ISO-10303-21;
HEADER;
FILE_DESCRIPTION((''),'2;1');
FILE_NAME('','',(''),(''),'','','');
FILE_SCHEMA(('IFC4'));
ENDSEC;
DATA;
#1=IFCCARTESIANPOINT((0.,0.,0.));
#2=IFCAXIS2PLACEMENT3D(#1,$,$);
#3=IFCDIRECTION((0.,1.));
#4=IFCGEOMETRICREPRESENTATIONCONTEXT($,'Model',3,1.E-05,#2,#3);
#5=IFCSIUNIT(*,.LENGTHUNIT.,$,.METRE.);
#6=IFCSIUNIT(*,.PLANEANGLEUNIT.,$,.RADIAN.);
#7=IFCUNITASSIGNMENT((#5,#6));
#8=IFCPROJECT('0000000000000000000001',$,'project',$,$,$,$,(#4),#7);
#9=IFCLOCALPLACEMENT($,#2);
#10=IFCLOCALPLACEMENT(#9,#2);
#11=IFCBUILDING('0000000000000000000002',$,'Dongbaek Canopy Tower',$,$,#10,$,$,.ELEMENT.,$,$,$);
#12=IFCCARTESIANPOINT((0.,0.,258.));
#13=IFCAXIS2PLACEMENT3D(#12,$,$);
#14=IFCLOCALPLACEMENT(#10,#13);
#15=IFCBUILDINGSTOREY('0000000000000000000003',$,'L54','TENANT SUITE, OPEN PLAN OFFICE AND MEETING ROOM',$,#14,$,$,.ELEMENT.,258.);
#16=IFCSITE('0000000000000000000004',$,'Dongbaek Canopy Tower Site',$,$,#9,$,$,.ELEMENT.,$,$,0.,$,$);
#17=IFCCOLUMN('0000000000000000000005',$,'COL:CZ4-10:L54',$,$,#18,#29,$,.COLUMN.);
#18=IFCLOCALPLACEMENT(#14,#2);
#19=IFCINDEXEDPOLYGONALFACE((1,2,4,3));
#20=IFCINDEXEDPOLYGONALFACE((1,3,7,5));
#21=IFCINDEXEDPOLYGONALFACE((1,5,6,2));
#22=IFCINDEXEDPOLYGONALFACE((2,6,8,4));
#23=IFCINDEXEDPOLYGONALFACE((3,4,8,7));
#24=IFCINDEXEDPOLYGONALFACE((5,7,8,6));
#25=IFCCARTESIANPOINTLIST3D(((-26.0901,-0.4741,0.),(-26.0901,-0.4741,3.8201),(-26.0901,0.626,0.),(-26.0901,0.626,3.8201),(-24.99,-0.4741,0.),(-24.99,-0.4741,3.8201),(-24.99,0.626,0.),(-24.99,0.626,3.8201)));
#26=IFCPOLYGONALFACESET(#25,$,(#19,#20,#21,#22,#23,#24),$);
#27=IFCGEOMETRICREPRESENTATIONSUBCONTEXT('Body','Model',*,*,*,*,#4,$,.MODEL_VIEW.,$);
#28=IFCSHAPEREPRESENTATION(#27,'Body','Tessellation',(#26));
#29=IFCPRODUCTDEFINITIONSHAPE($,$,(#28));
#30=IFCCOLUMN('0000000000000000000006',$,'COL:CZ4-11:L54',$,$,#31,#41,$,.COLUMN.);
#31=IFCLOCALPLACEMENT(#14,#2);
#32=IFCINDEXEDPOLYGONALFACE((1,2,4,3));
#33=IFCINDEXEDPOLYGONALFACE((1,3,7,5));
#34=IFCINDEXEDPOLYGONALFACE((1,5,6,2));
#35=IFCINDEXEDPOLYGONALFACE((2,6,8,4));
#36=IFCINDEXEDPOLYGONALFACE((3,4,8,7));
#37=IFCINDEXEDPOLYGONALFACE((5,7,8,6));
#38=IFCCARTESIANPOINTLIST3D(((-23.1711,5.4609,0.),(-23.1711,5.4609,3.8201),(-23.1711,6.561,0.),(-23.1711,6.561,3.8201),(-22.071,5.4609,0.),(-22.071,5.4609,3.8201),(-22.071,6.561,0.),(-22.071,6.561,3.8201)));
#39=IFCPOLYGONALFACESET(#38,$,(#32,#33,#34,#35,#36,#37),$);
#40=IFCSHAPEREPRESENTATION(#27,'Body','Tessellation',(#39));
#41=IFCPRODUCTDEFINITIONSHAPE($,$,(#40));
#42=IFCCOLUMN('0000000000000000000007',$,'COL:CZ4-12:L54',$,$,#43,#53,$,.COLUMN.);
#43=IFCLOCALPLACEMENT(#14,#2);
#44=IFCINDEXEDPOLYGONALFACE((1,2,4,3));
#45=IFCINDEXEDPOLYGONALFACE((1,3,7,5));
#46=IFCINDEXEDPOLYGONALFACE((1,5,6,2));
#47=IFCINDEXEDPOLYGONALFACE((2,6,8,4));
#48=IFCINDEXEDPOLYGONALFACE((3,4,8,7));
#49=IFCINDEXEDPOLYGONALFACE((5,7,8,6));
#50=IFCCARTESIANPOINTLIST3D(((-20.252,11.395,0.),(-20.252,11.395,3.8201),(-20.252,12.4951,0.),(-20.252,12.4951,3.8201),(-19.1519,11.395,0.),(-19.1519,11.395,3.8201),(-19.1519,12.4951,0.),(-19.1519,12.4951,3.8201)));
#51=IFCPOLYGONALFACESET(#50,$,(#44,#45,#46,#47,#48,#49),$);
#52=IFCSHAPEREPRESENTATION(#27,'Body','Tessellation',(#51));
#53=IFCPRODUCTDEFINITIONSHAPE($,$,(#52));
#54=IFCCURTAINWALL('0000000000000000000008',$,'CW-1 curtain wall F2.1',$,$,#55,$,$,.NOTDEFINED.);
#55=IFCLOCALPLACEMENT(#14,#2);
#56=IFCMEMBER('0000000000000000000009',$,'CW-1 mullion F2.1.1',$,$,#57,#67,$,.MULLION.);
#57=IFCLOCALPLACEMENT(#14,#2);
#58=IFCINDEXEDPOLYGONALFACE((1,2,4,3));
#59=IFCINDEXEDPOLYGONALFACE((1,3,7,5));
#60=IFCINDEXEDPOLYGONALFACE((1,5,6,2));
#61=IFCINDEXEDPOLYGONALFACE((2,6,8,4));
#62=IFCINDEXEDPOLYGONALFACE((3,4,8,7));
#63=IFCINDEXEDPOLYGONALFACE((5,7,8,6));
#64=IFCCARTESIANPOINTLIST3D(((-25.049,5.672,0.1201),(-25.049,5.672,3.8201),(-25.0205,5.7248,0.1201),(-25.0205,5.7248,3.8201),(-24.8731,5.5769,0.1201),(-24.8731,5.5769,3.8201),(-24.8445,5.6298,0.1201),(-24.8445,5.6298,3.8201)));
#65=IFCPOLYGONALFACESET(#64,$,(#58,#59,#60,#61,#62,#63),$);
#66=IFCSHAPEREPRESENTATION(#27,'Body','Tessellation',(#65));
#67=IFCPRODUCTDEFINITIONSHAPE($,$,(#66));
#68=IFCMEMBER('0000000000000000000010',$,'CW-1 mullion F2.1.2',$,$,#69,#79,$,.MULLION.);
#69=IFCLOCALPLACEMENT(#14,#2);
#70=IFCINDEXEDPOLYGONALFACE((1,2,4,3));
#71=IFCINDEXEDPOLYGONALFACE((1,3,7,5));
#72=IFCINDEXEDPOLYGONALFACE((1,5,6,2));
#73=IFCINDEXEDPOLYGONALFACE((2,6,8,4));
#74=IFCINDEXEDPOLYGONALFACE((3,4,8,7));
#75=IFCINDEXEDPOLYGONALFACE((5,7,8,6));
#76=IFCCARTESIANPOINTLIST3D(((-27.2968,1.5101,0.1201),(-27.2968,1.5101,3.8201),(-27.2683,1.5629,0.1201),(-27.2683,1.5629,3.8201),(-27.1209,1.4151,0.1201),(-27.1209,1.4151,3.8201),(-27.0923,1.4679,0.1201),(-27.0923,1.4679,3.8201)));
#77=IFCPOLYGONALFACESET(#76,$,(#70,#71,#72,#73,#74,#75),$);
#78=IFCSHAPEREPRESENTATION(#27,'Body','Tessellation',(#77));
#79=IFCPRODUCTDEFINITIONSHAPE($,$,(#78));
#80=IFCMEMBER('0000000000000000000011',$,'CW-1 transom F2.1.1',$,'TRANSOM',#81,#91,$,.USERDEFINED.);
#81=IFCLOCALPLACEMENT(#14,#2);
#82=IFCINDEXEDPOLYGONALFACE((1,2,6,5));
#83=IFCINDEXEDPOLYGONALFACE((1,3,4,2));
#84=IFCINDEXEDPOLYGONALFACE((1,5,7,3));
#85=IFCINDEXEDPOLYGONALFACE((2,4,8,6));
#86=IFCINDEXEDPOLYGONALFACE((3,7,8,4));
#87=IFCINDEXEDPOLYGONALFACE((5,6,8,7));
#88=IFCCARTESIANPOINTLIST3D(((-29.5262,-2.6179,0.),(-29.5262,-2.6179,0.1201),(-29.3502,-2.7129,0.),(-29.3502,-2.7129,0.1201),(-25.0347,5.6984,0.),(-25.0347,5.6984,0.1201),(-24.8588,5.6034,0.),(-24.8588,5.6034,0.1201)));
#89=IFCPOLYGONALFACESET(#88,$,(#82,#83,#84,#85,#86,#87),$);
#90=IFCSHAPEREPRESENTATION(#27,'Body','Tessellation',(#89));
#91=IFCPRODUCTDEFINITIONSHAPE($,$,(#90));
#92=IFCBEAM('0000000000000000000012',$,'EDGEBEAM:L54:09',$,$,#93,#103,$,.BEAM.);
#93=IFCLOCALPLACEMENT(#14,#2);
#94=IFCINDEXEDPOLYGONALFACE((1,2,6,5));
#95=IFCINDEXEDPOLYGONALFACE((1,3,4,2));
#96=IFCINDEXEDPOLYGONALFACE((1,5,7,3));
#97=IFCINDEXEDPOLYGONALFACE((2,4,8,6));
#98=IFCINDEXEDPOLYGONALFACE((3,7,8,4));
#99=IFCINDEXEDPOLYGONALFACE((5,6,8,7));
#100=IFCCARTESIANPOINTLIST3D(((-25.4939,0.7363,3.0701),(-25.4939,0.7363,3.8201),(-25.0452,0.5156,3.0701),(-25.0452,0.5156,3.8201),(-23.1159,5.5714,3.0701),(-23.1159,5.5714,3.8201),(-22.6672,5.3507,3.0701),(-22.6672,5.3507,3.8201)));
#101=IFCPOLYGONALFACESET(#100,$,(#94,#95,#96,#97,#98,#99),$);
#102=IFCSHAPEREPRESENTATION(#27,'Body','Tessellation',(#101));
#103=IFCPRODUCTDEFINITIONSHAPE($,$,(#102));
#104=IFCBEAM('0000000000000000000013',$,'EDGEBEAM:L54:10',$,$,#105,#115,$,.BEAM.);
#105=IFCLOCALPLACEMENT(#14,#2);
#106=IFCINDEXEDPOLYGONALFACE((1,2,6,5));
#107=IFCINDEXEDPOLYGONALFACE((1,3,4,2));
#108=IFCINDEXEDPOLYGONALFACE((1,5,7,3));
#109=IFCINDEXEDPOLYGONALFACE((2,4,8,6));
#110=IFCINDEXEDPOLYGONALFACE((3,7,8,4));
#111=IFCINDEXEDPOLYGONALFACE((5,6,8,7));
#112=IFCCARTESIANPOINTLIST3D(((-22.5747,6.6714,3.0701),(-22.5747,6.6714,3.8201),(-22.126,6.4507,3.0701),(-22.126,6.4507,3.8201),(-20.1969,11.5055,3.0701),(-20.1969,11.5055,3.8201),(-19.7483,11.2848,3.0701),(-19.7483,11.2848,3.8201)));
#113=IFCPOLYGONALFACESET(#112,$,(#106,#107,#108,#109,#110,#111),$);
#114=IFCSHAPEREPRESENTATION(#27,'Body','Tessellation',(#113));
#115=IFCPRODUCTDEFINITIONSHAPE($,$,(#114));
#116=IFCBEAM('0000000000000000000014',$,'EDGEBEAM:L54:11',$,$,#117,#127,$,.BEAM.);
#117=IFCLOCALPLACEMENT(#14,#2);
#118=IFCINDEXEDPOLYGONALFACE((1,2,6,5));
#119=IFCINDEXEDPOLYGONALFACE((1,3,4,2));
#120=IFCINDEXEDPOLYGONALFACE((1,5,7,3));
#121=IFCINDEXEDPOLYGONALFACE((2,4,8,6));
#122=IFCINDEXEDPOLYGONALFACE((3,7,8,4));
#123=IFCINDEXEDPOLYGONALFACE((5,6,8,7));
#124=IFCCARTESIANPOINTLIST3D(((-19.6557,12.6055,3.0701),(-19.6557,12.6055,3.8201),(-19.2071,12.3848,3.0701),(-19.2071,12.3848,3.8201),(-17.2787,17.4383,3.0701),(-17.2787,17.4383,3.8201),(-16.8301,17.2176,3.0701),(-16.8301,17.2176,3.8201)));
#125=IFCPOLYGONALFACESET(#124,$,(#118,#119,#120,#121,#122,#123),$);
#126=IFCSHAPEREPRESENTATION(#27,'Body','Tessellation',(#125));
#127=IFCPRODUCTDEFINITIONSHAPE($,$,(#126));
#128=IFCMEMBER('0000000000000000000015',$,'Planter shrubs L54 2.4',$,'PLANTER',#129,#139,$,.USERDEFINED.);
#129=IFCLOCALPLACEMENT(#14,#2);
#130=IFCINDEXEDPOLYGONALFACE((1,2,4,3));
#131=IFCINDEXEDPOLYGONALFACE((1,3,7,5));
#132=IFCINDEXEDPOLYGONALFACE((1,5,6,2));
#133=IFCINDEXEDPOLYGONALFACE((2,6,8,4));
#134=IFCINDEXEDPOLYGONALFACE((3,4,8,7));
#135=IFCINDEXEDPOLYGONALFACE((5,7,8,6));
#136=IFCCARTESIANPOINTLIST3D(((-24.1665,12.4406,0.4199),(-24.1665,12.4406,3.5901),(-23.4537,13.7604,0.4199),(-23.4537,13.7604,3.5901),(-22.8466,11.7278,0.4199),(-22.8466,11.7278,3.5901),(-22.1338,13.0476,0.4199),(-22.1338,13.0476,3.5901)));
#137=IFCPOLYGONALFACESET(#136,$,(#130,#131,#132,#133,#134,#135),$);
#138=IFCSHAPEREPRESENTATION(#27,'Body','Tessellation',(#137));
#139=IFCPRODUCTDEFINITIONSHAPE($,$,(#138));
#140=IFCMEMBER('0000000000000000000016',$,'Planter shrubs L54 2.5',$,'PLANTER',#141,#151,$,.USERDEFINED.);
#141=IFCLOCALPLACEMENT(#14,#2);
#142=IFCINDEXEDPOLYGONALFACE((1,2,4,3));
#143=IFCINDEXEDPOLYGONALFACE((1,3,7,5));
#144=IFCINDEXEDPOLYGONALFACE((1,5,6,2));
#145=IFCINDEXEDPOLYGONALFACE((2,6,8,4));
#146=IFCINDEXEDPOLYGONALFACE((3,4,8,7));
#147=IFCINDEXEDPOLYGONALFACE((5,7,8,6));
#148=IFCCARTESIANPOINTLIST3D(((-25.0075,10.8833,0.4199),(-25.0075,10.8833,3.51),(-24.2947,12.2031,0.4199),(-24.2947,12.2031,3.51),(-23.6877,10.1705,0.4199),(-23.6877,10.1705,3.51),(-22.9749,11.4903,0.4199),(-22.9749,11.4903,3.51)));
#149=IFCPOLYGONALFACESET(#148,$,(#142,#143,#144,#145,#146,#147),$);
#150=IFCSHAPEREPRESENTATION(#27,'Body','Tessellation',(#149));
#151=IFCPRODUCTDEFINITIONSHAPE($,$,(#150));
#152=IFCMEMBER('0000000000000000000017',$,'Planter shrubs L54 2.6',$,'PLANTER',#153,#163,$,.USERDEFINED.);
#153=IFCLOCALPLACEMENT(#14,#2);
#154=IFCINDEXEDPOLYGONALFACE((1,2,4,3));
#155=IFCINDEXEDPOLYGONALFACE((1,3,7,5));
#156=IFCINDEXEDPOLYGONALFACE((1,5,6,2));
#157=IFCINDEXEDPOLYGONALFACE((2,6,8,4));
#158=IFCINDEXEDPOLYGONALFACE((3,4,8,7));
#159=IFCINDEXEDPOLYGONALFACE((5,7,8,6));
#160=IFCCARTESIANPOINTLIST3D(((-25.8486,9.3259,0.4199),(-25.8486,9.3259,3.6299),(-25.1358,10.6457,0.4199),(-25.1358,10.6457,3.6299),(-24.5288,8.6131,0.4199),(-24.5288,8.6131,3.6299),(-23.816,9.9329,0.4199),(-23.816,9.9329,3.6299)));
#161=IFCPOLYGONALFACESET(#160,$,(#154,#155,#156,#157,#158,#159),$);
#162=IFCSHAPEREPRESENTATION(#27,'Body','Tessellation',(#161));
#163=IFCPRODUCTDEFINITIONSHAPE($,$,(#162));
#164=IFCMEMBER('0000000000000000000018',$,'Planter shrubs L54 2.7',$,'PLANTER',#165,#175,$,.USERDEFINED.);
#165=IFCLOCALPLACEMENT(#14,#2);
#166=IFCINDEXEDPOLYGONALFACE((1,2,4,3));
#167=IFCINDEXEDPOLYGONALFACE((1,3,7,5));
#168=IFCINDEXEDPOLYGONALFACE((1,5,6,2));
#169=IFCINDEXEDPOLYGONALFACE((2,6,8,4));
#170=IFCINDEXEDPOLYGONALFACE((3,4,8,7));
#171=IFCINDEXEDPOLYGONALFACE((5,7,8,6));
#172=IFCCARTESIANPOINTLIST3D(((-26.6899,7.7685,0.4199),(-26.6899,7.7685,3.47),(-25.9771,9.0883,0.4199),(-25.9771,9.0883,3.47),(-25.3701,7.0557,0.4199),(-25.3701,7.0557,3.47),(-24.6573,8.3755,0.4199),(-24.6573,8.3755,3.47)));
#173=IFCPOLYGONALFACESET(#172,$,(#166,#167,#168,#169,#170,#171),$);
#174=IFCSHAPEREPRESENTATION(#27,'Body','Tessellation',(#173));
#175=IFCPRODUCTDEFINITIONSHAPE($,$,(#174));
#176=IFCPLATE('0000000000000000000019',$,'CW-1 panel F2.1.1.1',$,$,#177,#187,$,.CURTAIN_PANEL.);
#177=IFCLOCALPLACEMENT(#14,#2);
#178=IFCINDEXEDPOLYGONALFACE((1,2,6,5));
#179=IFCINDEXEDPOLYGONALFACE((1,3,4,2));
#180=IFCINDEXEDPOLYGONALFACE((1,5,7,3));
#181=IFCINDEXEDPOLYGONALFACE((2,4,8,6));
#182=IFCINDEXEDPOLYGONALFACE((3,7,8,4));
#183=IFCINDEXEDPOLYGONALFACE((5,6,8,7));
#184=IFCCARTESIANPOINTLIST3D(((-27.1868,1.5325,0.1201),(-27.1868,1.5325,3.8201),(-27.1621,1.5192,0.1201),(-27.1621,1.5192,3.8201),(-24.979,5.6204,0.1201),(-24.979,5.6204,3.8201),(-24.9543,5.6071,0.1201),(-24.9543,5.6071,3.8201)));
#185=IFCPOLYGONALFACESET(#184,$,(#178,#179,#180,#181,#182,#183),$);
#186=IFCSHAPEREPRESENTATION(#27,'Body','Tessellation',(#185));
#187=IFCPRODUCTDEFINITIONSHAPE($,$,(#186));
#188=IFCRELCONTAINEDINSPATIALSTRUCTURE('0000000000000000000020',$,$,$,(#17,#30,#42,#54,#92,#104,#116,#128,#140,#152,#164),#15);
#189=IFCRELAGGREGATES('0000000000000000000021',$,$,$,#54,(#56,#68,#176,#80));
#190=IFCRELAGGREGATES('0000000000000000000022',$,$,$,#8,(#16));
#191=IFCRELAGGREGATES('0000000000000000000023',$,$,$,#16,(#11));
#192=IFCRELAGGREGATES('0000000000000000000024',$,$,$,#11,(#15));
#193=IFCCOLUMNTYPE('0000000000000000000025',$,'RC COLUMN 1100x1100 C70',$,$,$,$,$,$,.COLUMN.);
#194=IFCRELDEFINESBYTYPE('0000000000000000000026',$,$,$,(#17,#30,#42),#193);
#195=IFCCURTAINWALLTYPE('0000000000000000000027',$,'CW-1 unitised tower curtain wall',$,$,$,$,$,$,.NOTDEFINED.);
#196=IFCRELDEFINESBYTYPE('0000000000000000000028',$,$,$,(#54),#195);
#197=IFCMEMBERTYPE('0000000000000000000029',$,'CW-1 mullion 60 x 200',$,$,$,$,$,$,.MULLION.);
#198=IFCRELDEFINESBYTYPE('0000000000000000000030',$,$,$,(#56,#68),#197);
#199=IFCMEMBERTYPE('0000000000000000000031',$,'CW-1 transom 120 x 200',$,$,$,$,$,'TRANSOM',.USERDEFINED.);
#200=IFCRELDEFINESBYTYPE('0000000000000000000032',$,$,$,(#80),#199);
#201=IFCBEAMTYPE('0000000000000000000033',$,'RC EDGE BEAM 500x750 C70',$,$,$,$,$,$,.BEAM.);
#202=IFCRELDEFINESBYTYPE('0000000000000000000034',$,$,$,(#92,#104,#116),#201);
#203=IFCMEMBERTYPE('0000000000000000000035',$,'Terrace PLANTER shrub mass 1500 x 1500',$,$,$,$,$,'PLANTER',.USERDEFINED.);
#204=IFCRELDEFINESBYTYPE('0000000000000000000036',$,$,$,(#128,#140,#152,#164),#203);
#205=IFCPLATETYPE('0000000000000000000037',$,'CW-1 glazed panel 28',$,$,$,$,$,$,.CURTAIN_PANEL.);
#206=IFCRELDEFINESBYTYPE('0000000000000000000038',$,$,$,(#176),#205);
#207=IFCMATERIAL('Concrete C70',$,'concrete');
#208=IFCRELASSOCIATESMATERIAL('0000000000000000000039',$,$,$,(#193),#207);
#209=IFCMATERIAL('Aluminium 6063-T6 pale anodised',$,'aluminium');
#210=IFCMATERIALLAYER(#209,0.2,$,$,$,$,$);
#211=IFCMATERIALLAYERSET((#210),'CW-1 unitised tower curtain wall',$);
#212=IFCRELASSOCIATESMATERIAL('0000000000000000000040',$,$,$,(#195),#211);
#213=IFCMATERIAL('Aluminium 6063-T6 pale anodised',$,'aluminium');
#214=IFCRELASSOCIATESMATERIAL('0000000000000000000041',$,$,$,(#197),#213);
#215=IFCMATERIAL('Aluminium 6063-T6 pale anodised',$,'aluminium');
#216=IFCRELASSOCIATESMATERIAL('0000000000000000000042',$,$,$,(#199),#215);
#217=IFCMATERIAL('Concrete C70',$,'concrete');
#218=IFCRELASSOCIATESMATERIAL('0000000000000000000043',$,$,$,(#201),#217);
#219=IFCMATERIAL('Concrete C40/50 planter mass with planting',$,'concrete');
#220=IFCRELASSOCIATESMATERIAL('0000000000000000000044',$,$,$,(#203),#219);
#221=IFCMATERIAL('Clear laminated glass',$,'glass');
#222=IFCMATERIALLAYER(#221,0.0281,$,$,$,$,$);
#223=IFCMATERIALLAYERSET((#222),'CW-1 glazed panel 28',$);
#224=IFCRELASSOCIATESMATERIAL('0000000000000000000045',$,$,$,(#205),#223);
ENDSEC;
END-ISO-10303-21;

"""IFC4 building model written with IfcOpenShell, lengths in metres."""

from ifc_helpers import new_model, si_unit, direction, frame, origin, origin_2d, place, context, subcontext, project, spatial, rectangle, extrude, material, layer, layer_set, material_profile, profile_set, type_object, element, aggregate, save


model = new_model("IFC4")

# Units and contexts
model_context = context("Model", 3, precision=1e-05, world=origin(), true_north=direction((0.0, 1.0)))
body_context = subcontext(model_context, "Body", "Model", "MODEL_VIEW")
ifc_project = project(units=[si_unit("LENGTHUNIT", "METRE"), si_unit("PLANEANGLEUNIT", "RADIAN")], contexts=[model_context])

# Site, building, storey
site_placement = place(None, origin())
site = spatial("IfcSite", under=ifc_project, at=site_placement, Name="Dongbaek Canopy Tower Site", CompositionType="ELEMENT", RefElevation=0.0)
building_placement = place(site_placement, origin())
building = spatial("IfcBuilding", under=site, at=building_placement, Name="Dongbaek Canopy Tower", CompositionType="ELEMENT")
storey_placement = place(building_placement, frame((0.0, 0.0, 258.0)))
storey = spatial("IfcBuildingStorey", under=building, at=storey_placement, Name="L54", Description="TENANT SUITE, OPEN PLAN OFFICE AND MEETING ROOM", CompositionType="ELEMENT", Elevation=258.0)

# Columns
ifc_material_1 = material(Name="Concrete C70", Category="concrete")
ifc_material_profile_1 = material_profile(ifc_material_1, rectangle(XDim=1.1001, YDim=1.1001, at=origin_2d()), Name="RC COLUMN 1100x1100 C70")
ifc_profile_set_1 = profile_set([ifc_material_profile_1], Name="Concrete C70")
column_type = type_object("IfcColumnType", Name="RC COLUMN 1100x1100 C70", PredefinedType="COLUMN", material=ifc_profile_set_1)
for number, where, z_axis, x_axis, name in (
    (1, (-25.54, 0.0759, 0.0), (0.0, 0.0, 1.0), (1.0, 0.0, 0.0), "COL:CZ4-10:L54"),
    (2, (-22.6211, 6.011, 0.0), (0.0, 0.0, 1.0), (1.0, 0.0, 0.0), "COL:CZ4-11:L54"),
    (3, (-19.7019, 11.9451, 0.0), (0.0, 0.0, 1.0), (1.0, 0.0, 0.0), "COL:CZ4-12:L54"),
):
    element("IfcColumn", number, at=place(storey_placement, frame(where, z_axis=z_axis, x_axis=x_axis)), inside=storey, type_object=column_type, Name=name, PredefinedType="COLUMN", context=body_context, shape_type="SweptSolid", body=[
        extrude(rectangle(XDim=1.1001, YDim=1.1001, at=origin_2d()), origin(), (0.0, 0.0, 1.0), 3.8201),
    ])

# Curtain wall, members
ifc_material_2 = material(Name="Aluminium 6063-T6 pale anodised", Category="aluminium")
ifc_layer_1 = layer(ifc_material_2, 0.2)
ifc_layer_set_1 = layer_set([ifc_layer_1], Name="CW-1 unitised tower curtain wall")
curtain_wall_type = type_object("IfcCurtainWallType", Name="CW-1 unitised tower curtain wall", PredefinedType="NOTDEFINED", material=ifc_layer_set_1)
curtain_wall_placement = place(storey_placement, origin())
curtain_wall = element("IfcCurtainWall", 4, at=curtain_wall_placement, inside=storey, type_object=curtain_wall_type, Name="CW-1 curtain wall F2.1", PredefinedType="NOTDEFINED")
ifc_material_3 = material(Name="Aluminium 6063-T6 pale anodised", Category="aluminium")
ifc_material_profile_2 = material_profile(ifc_material_3, rectangle(XDim=0.2, YDim=0.0601, at=origin_2d()), Name="CW-1 mullion 60 x 200")
ifc_profile_set_2 = profile_set([ifc_material_profile_2], Name="Aluminium 6063-T6 pale anodised")
member_type_1 = type_object("IfcMemberType", Name="CW-1 mullion 60 x 200", PredefinedType="MULLION", material=ifc_profile_set_2)
member_1_placement = place(storey_placement, frame((-24.9468, 5.6509, 0.1201), z_axis=(0.0, 0.0, 1.0), x_axis=(-0.879877, 0.475202, 0.0)))
member_1 = element("IfcMember", 5, at=member_1_placement, type_object=member_type_1, Name="CW-1 mullion F2.1.1", PredefinedType="MULLION", context=body_context, shape_type="SweptSolid", body=[
    extrude(rectangle(XDim=0.2, YDim=0.0601, at=origin_2d()), origin(), (0.0, 0.0, 1.0), 3.7),
])
member_2_placement = place(storey_placement, frame((-27.1946, 1.489, 0.1201), z_axis=(0.0, 0.0, 1.0), x_axis=(-0.879877, 0.475202, 0.0)))
member_2 = element("IfcMember", 6, at=member_2_placement, type_object=member_type_1, Name="CW-1 mullion F2.1.2", PredefinedType="MULLION", context=body_context, shape_type="SweptSolid", body=[
    extrude(rectangle(XDim=0.2, YDim=0.0601, at=origin_2d()), origin(), (0.0, 0.0, 1.0), 3.7),
])
ifc_material_4 = material(Name="Aluminium 6063-T6 pale anodised", Category="aluminium")
ifc_material_profile_3 = material_profile(ifc_material_4, rectangle(XDim=0.2, YDim=0.1201, at=origin_2d()), Name="CW-1 transom 120 x 200")
ifc_profile_set_3 = profile_set([ifc_material_profile_3], Name="Aluminium 6063-T6 pale anodised")
member_type_2 = type_object("IfcMemberType", Name="CW-1 transom 120 x 200", ElementType="TRANSOM", PredefinedType="USERDEFINED", material=ifc_profile_set_3)
member_3_placement = place(storey_placement, frame((-24.9468, 5.6509, 0.0601), z_axis=(-0.475198, -0.879879, 0.0), x_axis=(0.879879, -0.475198, 0.0)))
member_3 = element("IfcMember", 7, at=member_3_placement, type_object=member_type_2, Name="CW-1 transom F2.1.1", ObjectType="TRANSOM", PredefinedType="USERDEFINED", context=body_context, shape_type="SweptSolid", body=[
    extrude(rectangle(XDim=0.2, YDim=0.1201, at=origin_2d()), origin(), (0.0, 0.0, 1.0), 9.4517),
])

# Beams
ifc_material_5 = material(Name="Concrete C70", Category="concrete")
ifc_material_profile_4 = material_profile(ifc_material_5, rectangle(XDim=0.5, YDim=0.75, at=origin_2d()), Name="RC EDGE BEAM 500x750 C70")
ifc_profile_set_4 = profile_set([ifc_material_profile_4], Name="Concrete C70")
beam_type = type_object("IfcBeamType", Name="RC EDGE BEAM 500x750 C70", PredefinedType="BEAM", material=ifc_profile_set_4)
beam_1_placement = place(storey_placement, frame((-25.2695, 0.626, 3.4451), z_axis=(0.441332, 0.897344, 0.0), x_axis=(-0.897344, 0.441332, 0.0)))
element("IfcBeam", 8, at=beam_1_placement, inside=storey, type_object=beam_type, Name="EDGEBEAM:L54:09", PredefinedType="BEAM", context=body_context, shape_type="SweptSolid", body=[
    extrude(rectangle(XDim=0.5, YDim=0.75, at=origin_2d()), origin(), (0.0, 0.0, 1.0), 5.3882),
])
beam_2_placement = place(storey_placement, frame((-22.3503, 6.561, 3.4451), z_axis=(0.441367, 0.897327, 0.0), x_axis=(-0.897327, 0.441367, 0.0)))
element("IfcBeam", 9, at=beam_2_placement, inside=storey, type_object=beam_type, Name="EDGEBEAM:L54:10", PredefinedType="BEAM", context=body_context, shape_type="SweptSolid", body=[
    extrude(rectangle(XDim=0.5, YDim=0.75, at=origin_2d()), origin(), (0.0, 0.0, 1.0), 5.3872),
])
beam_3_placement = place(storey_placement, frame((-19.4314, 12.4951, 3.4451), z_axis=(0.441347, 0.897336, 0.0), x_axis=(-0.897336, 0.441347, 0.0)))
element("IfcBeam", 10, at=beam_3_placement, inside=storey, type_object=beam_type, Name="EDGEBEAM:L54:11", PredefinedType="BEAM", context=body_context, shape_type="SweptSolid", body=[
    extrude(rectangle(XDim=0.5, YDim=0.75, at=origin_2d()), origin(), (0.0, 0.0, 1.0), 5.3857),
])

# Members
ifc_material_6 = material(Name="Concrete C40/50 planter mass with planting", Category="concrete")
ifc_material_profile_5 = material_profile(ifc_material_6, rectangle(XDim=1.5, YDim=1.5, at=origin_2d()), Name="Terrace PLANTER shrub mass 1500 x 1500")
ifc_profile_set_5 = profile_set([ifc_material_profile_5], Name="Concrete C40/50 planter mass with planting")
member_type_3 = type_object("IfcMemberType", Name="Terrace PLANTER shrub mass 1500 x 1500", ElementType="PLANTER", PredefinedType="USERDEFINED", material=ifc_profile_set_5)
member_4_placement = place(storey_placement, frame((-23.1501, 12.7441, 0.4199), z_axis=(0.0, 0.0, 1.0), x_axis=(-0.879877, 0.475202, 0.0)))
element("IfcMember", 11, at=member_4_placement, inside=storey, type_object=member_type_3, Name="Planter shrubs L54 2.4", ObjectType="PLANTER", PredefinedType="USERDEFINED", context=body_context, shape_type="SweptSolid", body=[
    extrude(rectangle(XDim=1.5, YDim=1.5, at=origin_2d()), origin(), (0.0, 0.0, 1.0), 3.1702),
])
member_5_placement = place(storey_placement, frame((-23.9912, 11.1868, 0.4199), z_axis=(0.0, 0.0, 1.0), x_axis=(-0.879877, 0.475202, 0.0)))
element("IfcMember", 12, at=member_5_placement, inside=storey, type_object=member_type_3, Name="Planter shrubs L54 2.5", ObjectType="PLANTER", PredefinedType="USERDEFINED", context=body_context, shape_type="SweptSolid", body=[
    extrude(rectangle(XDim=1.5, YDim=1.5, at=origin_2d()), origin(), (0.0, 0.0, 1.0), 3.0901),
])
member_6_placement = place(storey_placement, frame((-24.8323, 9.6294, 0.4199), z_axis=(0.0, 0.0, 1.0), x_axis=(-0.879877, 0.475202, 0.0)))
element("IfcMember", 13, at=member_6_placement, inside=storey, type_object=member_type_3, Name="Planter shrubs L54 2.6", ObjectType="PLANTER", PredefinedType="USERDEFINED", context=body_context, shape_type="SweptSolid", body=[
    extrude(rectangle(XDim=1.5, YDim=1.5, at=origin_2d()), origin(), (0.0, 0.0, 1.0), 3.21),
])
member_7_placement = place(storey_placement, frame((-25.6736, 8.072, 0.4199), z_axis=(0.0, 0.0, 1.0), x_axis=(-0.879877, 0.475202, 0.0)))
element("IfcMember", 14, at=member_7_placement, inside=storey, type_object=member_type_3, Name="Planter shrubs L54 2.7", ObjectType="PLANTER", PredefinedType="USERDEFINED", context=body_context, shape_type="SweptSolid", body=[
    extrude(rectangle(XDim=1.5, YDim=1.5, at=origin_2d()), origin(), (0.0, 0.0, 1.0), 3.05),
])

# Plate
ifc_material_7 = material(Name="Clear laminated glass", Category="glass")
ifc_layer_2 = layer(ifc_material_7, 0.0281)
ifc_layer_set_2 = layer_set([ifc_layer_2], Name="CW-1 glazed panel 28")
plate_type = type_object("IfcPlateType", Name="CW-1 glazed panel 28", PredefinedType="CURTAIN_PANEL", material=ifc_layer_set_2)
plate_placement = place(storey_placement, frame((-26.0706, 3.5698, 0.1201), z_axis=(0.0, 0.0, 1.0), x_axis=(-0.475202, -0.879877, 0.0)))
plate = element("IfcPlate", 15, at=plate_placement, type_object=plate_type, Name="CW-1 panel F2.1.1.1", PredefinedType="CURTAIN_PANEL", context=body_context, shape_type="SweptSolid", body=[
    extrude(rectangle(XDim=4.646, YDim=0.0281, at=origin_2d()), origin(), (0.0, 0.0, 1.0), 3.7),
])
aggregate(curtain_wall, [member_1, member_2, plate, member_3])

save(model, "model.ifc")
